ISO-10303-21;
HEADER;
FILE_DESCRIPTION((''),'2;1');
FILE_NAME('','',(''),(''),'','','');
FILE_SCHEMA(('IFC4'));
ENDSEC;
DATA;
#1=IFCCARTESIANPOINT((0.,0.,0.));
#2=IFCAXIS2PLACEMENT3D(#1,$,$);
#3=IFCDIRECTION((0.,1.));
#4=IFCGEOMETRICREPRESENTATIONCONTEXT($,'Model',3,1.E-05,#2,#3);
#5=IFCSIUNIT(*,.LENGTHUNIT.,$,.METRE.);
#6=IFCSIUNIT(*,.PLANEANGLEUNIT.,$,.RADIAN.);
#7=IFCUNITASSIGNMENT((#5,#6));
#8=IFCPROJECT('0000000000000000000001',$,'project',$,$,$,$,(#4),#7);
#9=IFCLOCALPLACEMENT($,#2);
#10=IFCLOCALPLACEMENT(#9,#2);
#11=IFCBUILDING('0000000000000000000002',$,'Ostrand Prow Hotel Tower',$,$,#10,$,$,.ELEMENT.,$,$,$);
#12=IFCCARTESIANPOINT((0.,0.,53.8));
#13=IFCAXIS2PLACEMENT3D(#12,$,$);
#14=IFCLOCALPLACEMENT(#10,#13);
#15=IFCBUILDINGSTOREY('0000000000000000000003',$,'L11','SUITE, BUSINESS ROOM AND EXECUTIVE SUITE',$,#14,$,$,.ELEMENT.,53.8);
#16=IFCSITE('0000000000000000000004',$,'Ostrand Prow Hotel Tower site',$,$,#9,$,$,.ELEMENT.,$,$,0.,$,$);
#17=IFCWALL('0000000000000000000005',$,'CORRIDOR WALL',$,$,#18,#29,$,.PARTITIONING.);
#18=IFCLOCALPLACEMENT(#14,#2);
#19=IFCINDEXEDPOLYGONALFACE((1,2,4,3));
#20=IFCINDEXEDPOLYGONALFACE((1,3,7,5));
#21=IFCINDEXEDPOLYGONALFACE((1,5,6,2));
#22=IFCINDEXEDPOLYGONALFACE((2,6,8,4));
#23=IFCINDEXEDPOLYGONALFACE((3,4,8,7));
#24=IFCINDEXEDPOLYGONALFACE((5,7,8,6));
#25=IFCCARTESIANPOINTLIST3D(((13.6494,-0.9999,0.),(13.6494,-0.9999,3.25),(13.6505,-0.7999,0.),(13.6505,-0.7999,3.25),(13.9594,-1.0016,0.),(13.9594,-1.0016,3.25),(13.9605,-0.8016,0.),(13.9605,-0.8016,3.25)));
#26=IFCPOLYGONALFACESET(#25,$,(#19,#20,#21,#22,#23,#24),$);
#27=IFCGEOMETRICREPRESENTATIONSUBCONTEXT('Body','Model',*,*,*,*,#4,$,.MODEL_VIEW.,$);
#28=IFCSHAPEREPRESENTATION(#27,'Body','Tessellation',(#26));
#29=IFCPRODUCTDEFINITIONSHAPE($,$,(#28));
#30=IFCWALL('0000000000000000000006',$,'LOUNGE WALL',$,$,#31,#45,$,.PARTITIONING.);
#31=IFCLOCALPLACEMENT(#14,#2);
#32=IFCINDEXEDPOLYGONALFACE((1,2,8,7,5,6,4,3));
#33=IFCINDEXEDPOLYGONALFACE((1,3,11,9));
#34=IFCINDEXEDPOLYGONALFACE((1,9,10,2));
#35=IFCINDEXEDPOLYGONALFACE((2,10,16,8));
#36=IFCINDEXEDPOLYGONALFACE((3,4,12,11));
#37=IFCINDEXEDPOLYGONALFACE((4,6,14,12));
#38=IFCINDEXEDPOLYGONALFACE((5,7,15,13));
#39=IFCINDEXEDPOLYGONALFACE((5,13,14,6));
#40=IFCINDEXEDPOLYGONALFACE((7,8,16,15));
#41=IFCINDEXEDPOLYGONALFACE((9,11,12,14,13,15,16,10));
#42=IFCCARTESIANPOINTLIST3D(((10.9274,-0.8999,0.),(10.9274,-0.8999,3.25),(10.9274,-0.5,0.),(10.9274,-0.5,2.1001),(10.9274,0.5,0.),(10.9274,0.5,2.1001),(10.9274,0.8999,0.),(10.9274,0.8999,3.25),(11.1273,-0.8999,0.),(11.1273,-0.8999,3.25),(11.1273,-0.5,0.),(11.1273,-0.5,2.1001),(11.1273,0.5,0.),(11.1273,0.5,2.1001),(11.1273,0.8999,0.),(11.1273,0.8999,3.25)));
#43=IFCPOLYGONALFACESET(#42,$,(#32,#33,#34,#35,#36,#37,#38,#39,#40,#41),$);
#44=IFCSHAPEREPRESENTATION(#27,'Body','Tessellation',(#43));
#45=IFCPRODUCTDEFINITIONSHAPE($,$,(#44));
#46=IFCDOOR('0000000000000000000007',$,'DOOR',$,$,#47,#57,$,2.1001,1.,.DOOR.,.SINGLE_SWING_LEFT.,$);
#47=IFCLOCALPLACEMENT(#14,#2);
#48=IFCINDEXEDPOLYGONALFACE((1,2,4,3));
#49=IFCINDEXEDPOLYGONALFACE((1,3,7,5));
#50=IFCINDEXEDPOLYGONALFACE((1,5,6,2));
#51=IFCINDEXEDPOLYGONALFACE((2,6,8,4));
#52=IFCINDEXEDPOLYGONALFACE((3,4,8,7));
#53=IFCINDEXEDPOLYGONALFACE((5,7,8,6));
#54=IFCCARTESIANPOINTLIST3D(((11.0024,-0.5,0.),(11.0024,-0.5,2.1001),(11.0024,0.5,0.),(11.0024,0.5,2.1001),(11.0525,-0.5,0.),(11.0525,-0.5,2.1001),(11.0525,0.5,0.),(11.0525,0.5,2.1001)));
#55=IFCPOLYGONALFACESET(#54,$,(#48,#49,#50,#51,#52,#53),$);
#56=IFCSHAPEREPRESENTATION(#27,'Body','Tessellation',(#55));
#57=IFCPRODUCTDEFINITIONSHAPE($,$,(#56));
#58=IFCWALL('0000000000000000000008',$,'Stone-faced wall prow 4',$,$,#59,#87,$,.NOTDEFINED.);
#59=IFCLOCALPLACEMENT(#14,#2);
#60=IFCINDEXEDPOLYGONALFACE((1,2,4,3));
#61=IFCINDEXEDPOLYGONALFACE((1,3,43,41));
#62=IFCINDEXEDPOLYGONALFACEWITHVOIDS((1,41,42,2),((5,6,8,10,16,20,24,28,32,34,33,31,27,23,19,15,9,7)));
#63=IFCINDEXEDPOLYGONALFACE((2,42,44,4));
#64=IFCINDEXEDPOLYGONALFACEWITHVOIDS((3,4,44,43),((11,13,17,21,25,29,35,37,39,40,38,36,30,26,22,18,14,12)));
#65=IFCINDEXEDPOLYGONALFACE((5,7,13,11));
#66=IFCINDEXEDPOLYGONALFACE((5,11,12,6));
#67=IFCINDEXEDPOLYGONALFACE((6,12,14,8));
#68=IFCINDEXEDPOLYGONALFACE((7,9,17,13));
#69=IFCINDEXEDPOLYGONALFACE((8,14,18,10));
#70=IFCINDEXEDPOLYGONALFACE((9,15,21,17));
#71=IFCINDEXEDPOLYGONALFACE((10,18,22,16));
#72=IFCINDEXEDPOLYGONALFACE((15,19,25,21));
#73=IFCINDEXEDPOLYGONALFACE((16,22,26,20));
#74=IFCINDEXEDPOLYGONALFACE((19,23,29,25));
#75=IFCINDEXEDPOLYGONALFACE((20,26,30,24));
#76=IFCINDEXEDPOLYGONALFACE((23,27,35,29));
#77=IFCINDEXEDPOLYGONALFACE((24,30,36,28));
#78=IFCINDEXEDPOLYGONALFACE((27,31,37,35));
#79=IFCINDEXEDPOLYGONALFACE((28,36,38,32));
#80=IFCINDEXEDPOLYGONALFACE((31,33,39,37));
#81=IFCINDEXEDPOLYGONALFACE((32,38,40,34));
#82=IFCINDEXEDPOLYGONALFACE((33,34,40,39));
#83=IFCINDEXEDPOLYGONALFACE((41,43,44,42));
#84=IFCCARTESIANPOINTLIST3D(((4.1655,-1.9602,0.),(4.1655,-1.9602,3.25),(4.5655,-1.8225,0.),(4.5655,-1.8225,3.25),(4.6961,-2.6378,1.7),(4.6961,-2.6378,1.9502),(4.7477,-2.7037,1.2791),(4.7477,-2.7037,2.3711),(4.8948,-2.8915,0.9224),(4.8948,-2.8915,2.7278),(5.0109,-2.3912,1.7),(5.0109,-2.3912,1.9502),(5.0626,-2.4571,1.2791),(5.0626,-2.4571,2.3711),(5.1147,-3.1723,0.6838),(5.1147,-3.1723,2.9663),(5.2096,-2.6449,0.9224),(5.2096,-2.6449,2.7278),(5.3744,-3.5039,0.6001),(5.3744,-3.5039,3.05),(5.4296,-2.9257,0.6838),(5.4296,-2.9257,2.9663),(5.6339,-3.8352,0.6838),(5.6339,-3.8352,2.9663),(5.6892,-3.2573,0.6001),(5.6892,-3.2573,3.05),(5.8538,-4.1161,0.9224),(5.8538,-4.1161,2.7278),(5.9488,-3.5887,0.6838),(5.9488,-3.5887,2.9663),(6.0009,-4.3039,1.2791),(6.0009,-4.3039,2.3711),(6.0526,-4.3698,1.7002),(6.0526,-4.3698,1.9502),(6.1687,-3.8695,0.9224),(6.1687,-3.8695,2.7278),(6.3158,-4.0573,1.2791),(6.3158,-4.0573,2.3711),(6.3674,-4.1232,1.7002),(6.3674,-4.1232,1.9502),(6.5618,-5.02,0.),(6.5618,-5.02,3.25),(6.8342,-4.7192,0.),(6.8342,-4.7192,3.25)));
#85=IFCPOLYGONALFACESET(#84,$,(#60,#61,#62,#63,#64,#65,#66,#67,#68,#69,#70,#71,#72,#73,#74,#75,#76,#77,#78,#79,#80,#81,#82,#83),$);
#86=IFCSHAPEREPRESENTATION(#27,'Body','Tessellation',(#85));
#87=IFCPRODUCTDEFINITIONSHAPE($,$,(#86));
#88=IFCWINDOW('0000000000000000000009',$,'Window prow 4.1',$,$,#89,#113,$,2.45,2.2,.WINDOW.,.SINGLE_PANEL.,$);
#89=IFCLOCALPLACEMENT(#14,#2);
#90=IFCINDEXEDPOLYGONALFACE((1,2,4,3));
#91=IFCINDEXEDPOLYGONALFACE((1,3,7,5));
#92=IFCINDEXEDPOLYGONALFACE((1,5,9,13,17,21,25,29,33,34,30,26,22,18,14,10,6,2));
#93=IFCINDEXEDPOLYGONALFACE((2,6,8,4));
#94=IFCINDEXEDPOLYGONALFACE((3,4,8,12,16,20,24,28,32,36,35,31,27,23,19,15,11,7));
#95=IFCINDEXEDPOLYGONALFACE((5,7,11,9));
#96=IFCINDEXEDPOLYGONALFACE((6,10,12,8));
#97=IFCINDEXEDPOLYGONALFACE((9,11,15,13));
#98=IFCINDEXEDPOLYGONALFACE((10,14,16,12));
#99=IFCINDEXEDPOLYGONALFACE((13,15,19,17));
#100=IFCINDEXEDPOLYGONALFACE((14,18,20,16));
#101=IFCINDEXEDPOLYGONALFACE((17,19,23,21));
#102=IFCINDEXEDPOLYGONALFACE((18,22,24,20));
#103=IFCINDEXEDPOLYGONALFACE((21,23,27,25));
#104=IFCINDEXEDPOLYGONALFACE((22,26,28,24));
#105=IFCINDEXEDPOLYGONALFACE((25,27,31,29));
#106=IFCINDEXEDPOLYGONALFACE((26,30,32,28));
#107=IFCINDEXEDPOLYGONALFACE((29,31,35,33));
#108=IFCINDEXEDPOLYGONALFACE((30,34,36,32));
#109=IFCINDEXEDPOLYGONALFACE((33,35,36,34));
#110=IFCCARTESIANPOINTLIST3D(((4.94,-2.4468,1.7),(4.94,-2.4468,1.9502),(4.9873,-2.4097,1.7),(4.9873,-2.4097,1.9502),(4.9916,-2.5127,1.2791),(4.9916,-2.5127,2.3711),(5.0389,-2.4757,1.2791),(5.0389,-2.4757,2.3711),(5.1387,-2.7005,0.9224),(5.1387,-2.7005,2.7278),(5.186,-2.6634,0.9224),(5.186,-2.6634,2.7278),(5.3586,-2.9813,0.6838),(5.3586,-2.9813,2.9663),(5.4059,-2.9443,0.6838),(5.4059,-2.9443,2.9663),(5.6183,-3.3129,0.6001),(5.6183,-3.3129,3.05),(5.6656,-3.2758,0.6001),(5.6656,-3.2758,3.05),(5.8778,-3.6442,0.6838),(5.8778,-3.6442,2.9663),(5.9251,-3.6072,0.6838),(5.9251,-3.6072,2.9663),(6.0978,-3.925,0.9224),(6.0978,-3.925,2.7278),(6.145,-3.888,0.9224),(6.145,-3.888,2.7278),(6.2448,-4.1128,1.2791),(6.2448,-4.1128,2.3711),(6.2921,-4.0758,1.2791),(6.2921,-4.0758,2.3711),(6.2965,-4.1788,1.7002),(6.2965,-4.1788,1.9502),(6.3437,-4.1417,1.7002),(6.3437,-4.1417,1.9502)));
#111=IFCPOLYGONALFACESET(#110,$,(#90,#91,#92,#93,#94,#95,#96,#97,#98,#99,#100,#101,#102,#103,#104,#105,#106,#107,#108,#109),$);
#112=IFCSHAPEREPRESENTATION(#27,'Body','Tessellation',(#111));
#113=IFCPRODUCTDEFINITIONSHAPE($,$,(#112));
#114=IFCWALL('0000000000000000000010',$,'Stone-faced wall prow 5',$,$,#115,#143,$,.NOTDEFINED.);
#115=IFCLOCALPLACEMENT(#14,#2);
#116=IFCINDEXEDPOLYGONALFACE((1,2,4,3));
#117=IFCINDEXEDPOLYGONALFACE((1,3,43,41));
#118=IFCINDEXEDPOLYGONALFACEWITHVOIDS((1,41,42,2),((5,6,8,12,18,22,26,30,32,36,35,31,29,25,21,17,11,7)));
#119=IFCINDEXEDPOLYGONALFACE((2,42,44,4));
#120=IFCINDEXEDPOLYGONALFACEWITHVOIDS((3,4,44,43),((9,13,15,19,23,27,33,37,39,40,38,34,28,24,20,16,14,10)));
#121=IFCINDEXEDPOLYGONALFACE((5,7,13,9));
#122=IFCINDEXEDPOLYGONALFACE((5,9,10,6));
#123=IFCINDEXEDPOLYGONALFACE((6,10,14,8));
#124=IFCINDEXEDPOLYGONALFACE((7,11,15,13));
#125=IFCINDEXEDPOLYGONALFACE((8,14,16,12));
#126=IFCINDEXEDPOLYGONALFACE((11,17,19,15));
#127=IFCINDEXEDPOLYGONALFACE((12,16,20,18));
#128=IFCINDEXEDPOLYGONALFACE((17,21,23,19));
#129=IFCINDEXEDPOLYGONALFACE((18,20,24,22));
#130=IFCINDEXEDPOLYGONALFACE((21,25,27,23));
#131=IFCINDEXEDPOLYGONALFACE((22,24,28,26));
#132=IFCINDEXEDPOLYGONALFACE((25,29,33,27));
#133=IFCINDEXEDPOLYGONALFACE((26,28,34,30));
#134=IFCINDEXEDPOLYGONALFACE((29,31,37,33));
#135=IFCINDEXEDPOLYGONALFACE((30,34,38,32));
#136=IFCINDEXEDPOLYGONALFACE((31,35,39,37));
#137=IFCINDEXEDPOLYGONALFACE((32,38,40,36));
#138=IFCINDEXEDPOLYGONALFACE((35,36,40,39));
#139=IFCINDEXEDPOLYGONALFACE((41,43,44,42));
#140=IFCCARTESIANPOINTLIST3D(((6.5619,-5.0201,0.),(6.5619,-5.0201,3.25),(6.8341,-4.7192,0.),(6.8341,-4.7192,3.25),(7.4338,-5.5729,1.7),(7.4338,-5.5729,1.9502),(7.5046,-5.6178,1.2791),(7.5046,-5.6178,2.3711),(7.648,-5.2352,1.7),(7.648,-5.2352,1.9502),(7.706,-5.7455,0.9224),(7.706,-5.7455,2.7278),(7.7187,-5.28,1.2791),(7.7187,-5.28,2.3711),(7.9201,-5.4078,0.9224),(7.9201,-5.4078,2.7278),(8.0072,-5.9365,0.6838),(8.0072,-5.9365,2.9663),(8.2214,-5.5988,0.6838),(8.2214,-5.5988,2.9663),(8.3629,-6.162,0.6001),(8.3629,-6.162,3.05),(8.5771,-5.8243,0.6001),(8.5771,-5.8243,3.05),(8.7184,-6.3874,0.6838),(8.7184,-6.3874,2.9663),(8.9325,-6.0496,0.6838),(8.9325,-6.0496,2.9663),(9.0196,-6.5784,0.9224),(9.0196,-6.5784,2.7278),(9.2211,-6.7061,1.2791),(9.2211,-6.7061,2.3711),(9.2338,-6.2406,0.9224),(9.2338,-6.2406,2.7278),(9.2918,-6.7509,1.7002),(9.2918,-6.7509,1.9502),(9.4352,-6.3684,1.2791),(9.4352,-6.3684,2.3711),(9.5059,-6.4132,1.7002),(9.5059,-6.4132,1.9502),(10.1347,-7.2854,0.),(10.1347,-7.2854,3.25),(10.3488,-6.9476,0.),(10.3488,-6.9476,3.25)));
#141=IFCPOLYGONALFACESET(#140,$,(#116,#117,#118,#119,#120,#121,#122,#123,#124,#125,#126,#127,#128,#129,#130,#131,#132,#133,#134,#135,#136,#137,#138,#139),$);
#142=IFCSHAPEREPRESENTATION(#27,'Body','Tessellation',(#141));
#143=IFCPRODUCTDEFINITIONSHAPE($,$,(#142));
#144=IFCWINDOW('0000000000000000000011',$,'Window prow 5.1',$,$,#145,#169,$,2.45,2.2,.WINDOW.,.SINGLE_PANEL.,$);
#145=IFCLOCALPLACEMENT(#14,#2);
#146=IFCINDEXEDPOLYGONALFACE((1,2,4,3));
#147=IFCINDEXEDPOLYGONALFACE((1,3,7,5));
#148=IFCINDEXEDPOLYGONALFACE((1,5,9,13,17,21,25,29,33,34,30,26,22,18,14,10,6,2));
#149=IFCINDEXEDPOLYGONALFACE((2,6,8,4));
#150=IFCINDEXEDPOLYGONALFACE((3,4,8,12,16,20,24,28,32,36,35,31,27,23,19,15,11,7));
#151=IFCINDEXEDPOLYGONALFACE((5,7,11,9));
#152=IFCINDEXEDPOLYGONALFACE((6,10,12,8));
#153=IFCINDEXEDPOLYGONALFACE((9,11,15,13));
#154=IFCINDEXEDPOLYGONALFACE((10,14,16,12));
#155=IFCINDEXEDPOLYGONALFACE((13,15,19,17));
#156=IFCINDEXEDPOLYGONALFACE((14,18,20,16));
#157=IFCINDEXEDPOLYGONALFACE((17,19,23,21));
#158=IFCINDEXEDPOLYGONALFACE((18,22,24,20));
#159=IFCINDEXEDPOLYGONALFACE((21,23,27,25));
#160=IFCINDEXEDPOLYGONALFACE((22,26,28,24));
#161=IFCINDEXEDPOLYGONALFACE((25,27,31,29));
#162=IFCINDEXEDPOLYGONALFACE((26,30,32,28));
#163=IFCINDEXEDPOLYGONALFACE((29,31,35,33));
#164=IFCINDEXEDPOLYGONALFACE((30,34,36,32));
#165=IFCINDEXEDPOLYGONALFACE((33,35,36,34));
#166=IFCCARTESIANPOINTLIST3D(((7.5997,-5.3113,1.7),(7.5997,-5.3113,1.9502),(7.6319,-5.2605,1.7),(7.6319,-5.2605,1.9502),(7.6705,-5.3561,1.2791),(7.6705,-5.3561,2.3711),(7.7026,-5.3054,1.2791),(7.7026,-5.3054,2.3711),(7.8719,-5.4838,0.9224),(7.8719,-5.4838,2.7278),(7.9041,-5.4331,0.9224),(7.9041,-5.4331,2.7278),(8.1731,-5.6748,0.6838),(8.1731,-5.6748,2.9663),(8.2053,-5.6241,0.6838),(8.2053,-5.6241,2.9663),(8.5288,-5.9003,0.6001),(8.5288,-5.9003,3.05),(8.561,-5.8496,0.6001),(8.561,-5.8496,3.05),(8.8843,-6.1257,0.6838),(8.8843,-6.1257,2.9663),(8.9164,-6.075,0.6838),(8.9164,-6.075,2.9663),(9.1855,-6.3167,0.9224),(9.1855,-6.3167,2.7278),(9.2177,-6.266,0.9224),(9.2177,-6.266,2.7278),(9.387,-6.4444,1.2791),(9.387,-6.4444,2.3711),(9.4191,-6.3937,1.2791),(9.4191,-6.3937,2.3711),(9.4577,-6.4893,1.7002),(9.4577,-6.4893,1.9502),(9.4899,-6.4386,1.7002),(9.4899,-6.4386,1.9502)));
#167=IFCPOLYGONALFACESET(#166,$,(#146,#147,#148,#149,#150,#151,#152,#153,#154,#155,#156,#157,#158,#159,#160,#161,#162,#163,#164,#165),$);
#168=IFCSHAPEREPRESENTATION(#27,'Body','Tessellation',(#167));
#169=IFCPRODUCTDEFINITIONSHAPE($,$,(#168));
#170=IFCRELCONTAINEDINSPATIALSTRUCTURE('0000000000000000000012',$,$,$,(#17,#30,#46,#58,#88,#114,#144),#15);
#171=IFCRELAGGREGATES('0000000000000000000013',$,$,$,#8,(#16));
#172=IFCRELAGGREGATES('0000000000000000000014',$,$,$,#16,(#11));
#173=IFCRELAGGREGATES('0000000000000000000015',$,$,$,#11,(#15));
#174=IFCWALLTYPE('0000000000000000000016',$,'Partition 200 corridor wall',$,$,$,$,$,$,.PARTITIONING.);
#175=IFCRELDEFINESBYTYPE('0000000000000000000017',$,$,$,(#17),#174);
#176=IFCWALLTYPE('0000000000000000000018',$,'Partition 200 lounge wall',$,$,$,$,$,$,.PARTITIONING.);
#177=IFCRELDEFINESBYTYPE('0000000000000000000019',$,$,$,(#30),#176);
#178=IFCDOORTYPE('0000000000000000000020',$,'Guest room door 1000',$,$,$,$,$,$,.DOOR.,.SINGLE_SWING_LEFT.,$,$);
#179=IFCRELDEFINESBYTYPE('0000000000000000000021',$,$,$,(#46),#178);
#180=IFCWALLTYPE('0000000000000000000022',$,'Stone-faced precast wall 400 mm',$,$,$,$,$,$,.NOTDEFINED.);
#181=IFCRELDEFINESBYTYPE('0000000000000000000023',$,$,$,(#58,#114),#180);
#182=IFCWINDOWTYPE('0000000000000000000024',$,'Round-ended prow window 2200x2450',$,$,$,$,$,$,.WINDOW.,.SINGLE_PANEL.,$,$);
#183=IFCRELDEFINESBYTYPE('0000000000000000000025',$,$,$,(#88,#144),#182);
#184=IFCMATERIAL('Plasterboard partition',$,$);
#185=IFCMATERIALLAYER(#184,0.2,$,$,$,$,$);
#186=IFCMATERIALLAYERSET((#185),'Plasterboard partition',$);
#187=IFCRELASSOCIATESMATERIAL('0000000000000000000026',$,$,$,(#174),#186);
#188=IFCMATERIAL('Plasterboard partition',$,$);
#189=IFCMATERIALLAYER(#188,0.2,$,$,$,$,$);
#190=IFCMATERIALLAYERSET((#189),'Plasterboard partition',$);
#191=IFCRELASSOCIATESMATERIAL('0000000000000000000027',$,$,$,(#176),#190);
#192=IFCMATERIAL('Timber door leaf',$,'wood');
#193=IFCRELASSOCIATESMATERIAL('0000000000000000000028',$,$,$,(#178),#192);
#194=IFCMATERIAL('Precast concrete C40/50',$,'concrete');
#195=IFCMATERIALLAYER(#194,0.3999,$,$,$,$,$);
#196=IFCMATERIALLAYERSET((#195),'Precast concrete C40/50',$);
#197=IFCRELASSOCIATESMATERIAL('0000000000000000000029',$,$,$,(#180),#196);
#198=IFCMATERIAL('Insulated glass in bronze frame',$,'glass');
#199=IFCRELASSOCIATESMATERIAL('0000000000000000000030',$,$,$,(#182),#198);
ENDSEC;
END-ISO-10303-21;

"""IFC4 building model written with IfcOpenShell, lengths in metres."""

from ifc_helpers import new_model, si_unit, direction, frame, frame_2d, origin, place, context, subcontext, project, spatial, polyline, rectangle, outline, extrude, material, layer, layer_set, type_object, element, fill, save


model = new_model("IFC4")

# Units and contexts
model_context = context("Model", 3, precision=1e-05, world=origin(), true_north=direction((0.0, 1.0)))
body_context = subcontext(model_context, "Body", "Model", "MODEL_VIEW")
ifc_project = project(units=[si_unit("LENGTHUNIT", "METRE"), si_unit("PLANEANGLEUNIT", "RADIAN")], contexts=[model_context])

# Site, building, storey
site_placement = place(None, origin())
site = spatial("IfcSite", under=ifc_project, at=site_placement, Name="Ostrand Prow Hotel Tower site", CompositionType="ELEMENT", RefElevation=0.0)
building_placement = place(site_placement, origin())
building = spatial("IfcBuilding", under=site, at=building_placement, Name="Ostrand Prow Hotel Tower", CompositionType="ELEMENT")
storey_placement = place(building_placement, frame((0.0, 0.0, 53.8)))
storey = spatial("IfcBuildingStorey", under=building, at=storey_placement, Name="L11", Description="SUITE, BUSINESS ROOM AND EXECUTIVE SUITE", CompositionType="ELEMENT", Elevation=53.8)

# Shared definitions
ifc_material_1 = material(Name="Plasterboard partition")
ifc_layer_1 = layer(ifc_material_1, 0.2)
ifc_layer_set_1 = layer_set([ifc_layer_1], Name="Plasterboard partition")
wall_type_1 = type_object("IfcWallType", Name="Partition 200 corridor wall", PredefinedType="PARTITIONING", material=ifc_layer_set_1)

# Wall
wall_1_placement = place(storey_placement, frame((13.6499, -0.8999, 0.0), z_axis=(0.0, 0.0, 1.0), x_axis=(0.999985, -0.005512, 0.0)))
element("IfcWall", 1, at=wall_1_placement, inside=storey, type_object=wall_type_1, Name="CORRIDOR WALL", PredefinedType="PARTITIONING", context=body_context, shape_type="SweptSolid", body=[
    extrude(rectangle(XDim=0.3101, YDim=0.2, at=frame_2d((0.155, 0.0))), origin(), (0.0, 0.0, 1.0), 3.25),
])

# Wall, opening, door
ifc_material_2 = material(Name="Plasterboard partition")
ifc_layer_2 = layer(ifc_material_2, 0.2)
ifc_layer_set_2 = layer_set([ifc_layer_2], Name="Plasterboard partition")
wall_type_2 = type_object("IfcWallType", Name="Partition 200 lounge wall", PredefinedType="PARTITIONING", material=ifc_layer_set_2)
wall_2_placement = place(storey_placement, frame((11.0273, -0.8999, 0.0), z_axis=(0.0, 0.0, 1.0), x_axis=(0.0, 1.0, 0.0)))
wall_2 = element("IfcWall", 2, at=wall_2_placement, inside=storey, type_object=wall_type_2, Name="LOUNGE WALL", PredefinedType="PARTITIONING", context=body_context, shape_type="SweptSolid", body=[
    extrude(rectangle(XDim=1.7998, YDim=0.2, at=frame_2d((0.8999, 0.0))), origin(), (0.0, 0.0, 1.0), 3.25),
])
opening_1_placement = place(wall_2_placement, frame((0.3999, 0.0, 0.0)))
opening_1 = element("IfcOpeningElement", 3, at=opening_1_placement, cuts=wall_2, PredefinedType="OPENING", context=body_context, shape_type="SweptSolid", body=[
    extrude(rectangle(XDim=1.0, YDim=2.1001, at=frame_2d((0.5, 1.05))), frame((0.0, 0.1099, 0.0), z_axis=(0.0, -1.0, 0.0), x_axis=(1.0, 0.0, 0.0)), (0.0, 0.0, 1.0), 0.22),
])
ifc_material_3 = material(Name="Timber door leaf", Category="wood")
door_type_1 = type_object("IfcDoorType", Name="Guest room door 1000", OperationType="SINGLE_SWING_LEFT", PredefinedType="DOOR", material=ifc_material_3)
door_1_placement = place(opening_1_placement, origin())
door_1 = element("IfcDoor", 4, at=door_1_placement, inside=storey, type_object=door_type_1, Name="DOOR", OperationType="SINGLE_SWING_LEFT", OverallHeight=2.1001, OverallWidth=1.0, PredefinedType="DOOR", context=body_context, shape_type="SweptSolid", body=[
    extrude(rectangle(XDim=1.0, YDim=2.1001, at=frame_2d((0.5, 1.05))), frame((0.0, 0.0249, 0.0), z_axis=(0.0, -1.0, 0.0), x_axis=(1.0, 0.0, 0.0)), (0.0, 0.0, 1.0), 0.05),
])
fill(opening_1, door_1)

# Walls, openings, windows
ifc_material_4 = material(Name="Precast concrete C40/50", Category="concrete")
ifc_layer_3 = layer(ifc_material_4, 0.3999)
ifc_layer_set_3 = layer_set([ifc_layer_3], Name="Precast concrete C40/50")
wall_type_3 = type_object("IfcWallType", Name="Stone-faced precast wall 400 mm", PredefinedType="NOTDEFINED", material=ifc_layer_set_3)
wall_3_placement = place(storey_placement, frame((4.3655, -1.8914, 0.0), z_axis=(0.0, 0.0, 1.0), x_axis=(0.616587, -0.787287, 0.0)))
wall_3 = element("IfcWall", 5, at=wall_3_placement, inside=storey, type_object=wall_type_3, Name="Stone-faced wall prow 4", PredefinedType="NOTDEFINED", context=body_context, shape_type="SweptSolid", body=[
    extrude(outline(polyline([(-0.0691, -0.2), (3.8174, -0.2), (3.7485, 0.2), (0.0691, 0.2), (-0.0691, -0.2)])), origin(), (0.0, 0.0, 1.0), 3.25),
])
opening_2_placement = place(wall_3_placement, frame((0.7915, 0.0, 0.6001)))
opening_2 = element("IfcOpeningElement", 6, at=opening_2_placement, cuts=wall_3, PredefinedType="OPENING", context=body_context, shape_type="SweptSolid", body=[
    extrude(outline(polyline([(0.0, 1.3501), (0.0837, 1.771), (0.3223, 2.1277), (0.679, 2.3662), (1.1001, 2.45), (1.521, 2.3662), (1.8777, 2.1277), (2.1162, 1.771), (2.2, 1.3501), (2.2, 1.1001), (2.1162, 0.679), (1.8777, 0.3223), (1.521, 0.0837), (1.1001, 0.0), (0.679, 0.0837), (0.3223, 0.3223), (0.0837, 0.679), (0.0, 1.0999), (0.0, 1.3501)])), frame((0.0, 0.21, 0.0), z_axis=(0.0, -1.0, 0.0), x_axis=(1.0, 0.0, 0.0)), (0.0, 0.0, 1.0), 0.4199),
])
ifc_material_5 = material(Name="Insulated glass in bronze frame", Category="glass")
window_type = type_object("IfcWindowType", Name="Round-ended prow window 2200x2450", PartitioningType="SINGLE_PANEL", PredefinedType="WINDOW", material=ifc_material_5)
window_1_placement = place(opening_2_placement, origin())
window_1 = element("IfcWindow", 7, at=window_1_placement, inside=storey, type_object=window_type, Name="Window prow 4.1", OverallHeight=2.45, OverallWidth=2.2, PartitioningType="SINGLE_PANEL", PredefinedType="WINDOW", context=body_context, shape_type="SweptSolid", body=[
    extrude(outline(polyline([(0.0, 1.3501), (0.0837, 1.771), (0.3223, 2.1277), (0.679, 2.3662), (1.1001, 2.45), (1.521, 2.3662), (1.8777, 2.1277), (2.1162, 1.771), (2.2, 1.3501), (2.2, 1.1001), (2.1162, 0.679), (1.8777, 0.3223), (1.521, 0.0837), (1.1001, 0.0), (0.679, 0.0837), (0.3223, 0.3223), (0.0837, 0.679), (0.0, 1.0999), (0.0, 1.3501)])), frame((0.0, 0.1699, 0.0), z_axis=(0.0, -1.0, 0.0), x_axis=(1.0, 0.0, 0.0)), (0.0, 0.0, 1.0), 0.0601),
])
fill(opening_2, window_1)
wall_4_placement = place(storey_placement, frame((6.698, -4.8696, 0.0), z_axis=(0.0, 0.0, 1.0), x_axis=(0.844552, -0.535474, 0.0)))
wall_4 = element("IfcWall", 8, at=wall_4_placement, inside=storey, type_object=wall_type_3, Name="Stone-faced wall prow 5", PredefinedType="NOTDEFINED", context=body_context, shape_type="SweptSolid", body=[
    extrude(outline(polyline([(-0.0344, -0.2), (4.196, -0.2), (4.196, 0.2), (0.0344, 0.2), (-0.0344, -0.2)])), origin(), (0.0, 0.0, 1.0), 3.25),
])
opening_3_placement = place(wall_4_placement, frame((0.998, 0.0, 0.6001)))
opening_3 = element("IfcOpeningElement", 9, at=opening_3_placement, cuts=wall_4, PredefinedType="OPENING", context=body_context, shape_type="SweptSolid", body=[
    extrude(outline(polyline([(0.0, 1.3501), (0.0837, 1.771), (0.3223, 2.1277), (0.679, 2.3662), (1.1001, 2.45), (1.521, 2.3662), (1.8777, 2.1277), (2.1162, 1.771), (2.2, 1.3501), (2.2, 1.1001), (2.1162, 0.679), (1.8777, 0.3223), (1.521, 0.0837), (1.1001, 0.0), (0.679, 0.0837), (0.3223, 0.3223), (0.0837, 0.679), (0.0, 1.0999), (0.0, 1.3501)])), frame((0.0, 0.21, 0.0), z_axis=(0.0, -1.0, 0.0), x_axis=(1.0, 0.0, 0.0)), (0.0, 0.0, 1.0), 0.4199),
])
window_2_placement = place(opening_3_placement, origin())
window_2 = element("IfcWindow", 10, at=window_2_placement, inside=storey, type_object=window_type, Name="Window prow 5.1", OverallHeight=2.45, OverallWidth=2.2, PartitioningType="SINGLE_PANEL", PredefinedType="WINDOW", context=body_context, shape_type="SweptSolid", body=[
    extrude(outline(polyline([(0.0, 1.3501), (0.0837, 1.771), (0.3223, 2.1277), (0.679, 2.3662), (1.1001, 2.45), (1.521, 2.3662), (1.8777, 2.1277), (2.1162, 1.771), (2.2, 1.3501), (2.2, 1.1001), (2.1162, 0.679), (1.8777, 0.3223), (1.521, 0.0837), (1.1001, 0.0), (0.679, 0.0837), (0.3223, 0.3223), (0.0837, 0.679), (0.0, 1.0999), (0.0, 1.3501)])), frame((0.0, 0.1699, 0.0), z_axis=(0.0, -1.0, 0.0), x_axis=(1.0, 0.0, 0.0)), (0.0, 0.0, 1.0), 0.0601),
])
fill(opening_3, window_2)

save(model, "model.ifc")
